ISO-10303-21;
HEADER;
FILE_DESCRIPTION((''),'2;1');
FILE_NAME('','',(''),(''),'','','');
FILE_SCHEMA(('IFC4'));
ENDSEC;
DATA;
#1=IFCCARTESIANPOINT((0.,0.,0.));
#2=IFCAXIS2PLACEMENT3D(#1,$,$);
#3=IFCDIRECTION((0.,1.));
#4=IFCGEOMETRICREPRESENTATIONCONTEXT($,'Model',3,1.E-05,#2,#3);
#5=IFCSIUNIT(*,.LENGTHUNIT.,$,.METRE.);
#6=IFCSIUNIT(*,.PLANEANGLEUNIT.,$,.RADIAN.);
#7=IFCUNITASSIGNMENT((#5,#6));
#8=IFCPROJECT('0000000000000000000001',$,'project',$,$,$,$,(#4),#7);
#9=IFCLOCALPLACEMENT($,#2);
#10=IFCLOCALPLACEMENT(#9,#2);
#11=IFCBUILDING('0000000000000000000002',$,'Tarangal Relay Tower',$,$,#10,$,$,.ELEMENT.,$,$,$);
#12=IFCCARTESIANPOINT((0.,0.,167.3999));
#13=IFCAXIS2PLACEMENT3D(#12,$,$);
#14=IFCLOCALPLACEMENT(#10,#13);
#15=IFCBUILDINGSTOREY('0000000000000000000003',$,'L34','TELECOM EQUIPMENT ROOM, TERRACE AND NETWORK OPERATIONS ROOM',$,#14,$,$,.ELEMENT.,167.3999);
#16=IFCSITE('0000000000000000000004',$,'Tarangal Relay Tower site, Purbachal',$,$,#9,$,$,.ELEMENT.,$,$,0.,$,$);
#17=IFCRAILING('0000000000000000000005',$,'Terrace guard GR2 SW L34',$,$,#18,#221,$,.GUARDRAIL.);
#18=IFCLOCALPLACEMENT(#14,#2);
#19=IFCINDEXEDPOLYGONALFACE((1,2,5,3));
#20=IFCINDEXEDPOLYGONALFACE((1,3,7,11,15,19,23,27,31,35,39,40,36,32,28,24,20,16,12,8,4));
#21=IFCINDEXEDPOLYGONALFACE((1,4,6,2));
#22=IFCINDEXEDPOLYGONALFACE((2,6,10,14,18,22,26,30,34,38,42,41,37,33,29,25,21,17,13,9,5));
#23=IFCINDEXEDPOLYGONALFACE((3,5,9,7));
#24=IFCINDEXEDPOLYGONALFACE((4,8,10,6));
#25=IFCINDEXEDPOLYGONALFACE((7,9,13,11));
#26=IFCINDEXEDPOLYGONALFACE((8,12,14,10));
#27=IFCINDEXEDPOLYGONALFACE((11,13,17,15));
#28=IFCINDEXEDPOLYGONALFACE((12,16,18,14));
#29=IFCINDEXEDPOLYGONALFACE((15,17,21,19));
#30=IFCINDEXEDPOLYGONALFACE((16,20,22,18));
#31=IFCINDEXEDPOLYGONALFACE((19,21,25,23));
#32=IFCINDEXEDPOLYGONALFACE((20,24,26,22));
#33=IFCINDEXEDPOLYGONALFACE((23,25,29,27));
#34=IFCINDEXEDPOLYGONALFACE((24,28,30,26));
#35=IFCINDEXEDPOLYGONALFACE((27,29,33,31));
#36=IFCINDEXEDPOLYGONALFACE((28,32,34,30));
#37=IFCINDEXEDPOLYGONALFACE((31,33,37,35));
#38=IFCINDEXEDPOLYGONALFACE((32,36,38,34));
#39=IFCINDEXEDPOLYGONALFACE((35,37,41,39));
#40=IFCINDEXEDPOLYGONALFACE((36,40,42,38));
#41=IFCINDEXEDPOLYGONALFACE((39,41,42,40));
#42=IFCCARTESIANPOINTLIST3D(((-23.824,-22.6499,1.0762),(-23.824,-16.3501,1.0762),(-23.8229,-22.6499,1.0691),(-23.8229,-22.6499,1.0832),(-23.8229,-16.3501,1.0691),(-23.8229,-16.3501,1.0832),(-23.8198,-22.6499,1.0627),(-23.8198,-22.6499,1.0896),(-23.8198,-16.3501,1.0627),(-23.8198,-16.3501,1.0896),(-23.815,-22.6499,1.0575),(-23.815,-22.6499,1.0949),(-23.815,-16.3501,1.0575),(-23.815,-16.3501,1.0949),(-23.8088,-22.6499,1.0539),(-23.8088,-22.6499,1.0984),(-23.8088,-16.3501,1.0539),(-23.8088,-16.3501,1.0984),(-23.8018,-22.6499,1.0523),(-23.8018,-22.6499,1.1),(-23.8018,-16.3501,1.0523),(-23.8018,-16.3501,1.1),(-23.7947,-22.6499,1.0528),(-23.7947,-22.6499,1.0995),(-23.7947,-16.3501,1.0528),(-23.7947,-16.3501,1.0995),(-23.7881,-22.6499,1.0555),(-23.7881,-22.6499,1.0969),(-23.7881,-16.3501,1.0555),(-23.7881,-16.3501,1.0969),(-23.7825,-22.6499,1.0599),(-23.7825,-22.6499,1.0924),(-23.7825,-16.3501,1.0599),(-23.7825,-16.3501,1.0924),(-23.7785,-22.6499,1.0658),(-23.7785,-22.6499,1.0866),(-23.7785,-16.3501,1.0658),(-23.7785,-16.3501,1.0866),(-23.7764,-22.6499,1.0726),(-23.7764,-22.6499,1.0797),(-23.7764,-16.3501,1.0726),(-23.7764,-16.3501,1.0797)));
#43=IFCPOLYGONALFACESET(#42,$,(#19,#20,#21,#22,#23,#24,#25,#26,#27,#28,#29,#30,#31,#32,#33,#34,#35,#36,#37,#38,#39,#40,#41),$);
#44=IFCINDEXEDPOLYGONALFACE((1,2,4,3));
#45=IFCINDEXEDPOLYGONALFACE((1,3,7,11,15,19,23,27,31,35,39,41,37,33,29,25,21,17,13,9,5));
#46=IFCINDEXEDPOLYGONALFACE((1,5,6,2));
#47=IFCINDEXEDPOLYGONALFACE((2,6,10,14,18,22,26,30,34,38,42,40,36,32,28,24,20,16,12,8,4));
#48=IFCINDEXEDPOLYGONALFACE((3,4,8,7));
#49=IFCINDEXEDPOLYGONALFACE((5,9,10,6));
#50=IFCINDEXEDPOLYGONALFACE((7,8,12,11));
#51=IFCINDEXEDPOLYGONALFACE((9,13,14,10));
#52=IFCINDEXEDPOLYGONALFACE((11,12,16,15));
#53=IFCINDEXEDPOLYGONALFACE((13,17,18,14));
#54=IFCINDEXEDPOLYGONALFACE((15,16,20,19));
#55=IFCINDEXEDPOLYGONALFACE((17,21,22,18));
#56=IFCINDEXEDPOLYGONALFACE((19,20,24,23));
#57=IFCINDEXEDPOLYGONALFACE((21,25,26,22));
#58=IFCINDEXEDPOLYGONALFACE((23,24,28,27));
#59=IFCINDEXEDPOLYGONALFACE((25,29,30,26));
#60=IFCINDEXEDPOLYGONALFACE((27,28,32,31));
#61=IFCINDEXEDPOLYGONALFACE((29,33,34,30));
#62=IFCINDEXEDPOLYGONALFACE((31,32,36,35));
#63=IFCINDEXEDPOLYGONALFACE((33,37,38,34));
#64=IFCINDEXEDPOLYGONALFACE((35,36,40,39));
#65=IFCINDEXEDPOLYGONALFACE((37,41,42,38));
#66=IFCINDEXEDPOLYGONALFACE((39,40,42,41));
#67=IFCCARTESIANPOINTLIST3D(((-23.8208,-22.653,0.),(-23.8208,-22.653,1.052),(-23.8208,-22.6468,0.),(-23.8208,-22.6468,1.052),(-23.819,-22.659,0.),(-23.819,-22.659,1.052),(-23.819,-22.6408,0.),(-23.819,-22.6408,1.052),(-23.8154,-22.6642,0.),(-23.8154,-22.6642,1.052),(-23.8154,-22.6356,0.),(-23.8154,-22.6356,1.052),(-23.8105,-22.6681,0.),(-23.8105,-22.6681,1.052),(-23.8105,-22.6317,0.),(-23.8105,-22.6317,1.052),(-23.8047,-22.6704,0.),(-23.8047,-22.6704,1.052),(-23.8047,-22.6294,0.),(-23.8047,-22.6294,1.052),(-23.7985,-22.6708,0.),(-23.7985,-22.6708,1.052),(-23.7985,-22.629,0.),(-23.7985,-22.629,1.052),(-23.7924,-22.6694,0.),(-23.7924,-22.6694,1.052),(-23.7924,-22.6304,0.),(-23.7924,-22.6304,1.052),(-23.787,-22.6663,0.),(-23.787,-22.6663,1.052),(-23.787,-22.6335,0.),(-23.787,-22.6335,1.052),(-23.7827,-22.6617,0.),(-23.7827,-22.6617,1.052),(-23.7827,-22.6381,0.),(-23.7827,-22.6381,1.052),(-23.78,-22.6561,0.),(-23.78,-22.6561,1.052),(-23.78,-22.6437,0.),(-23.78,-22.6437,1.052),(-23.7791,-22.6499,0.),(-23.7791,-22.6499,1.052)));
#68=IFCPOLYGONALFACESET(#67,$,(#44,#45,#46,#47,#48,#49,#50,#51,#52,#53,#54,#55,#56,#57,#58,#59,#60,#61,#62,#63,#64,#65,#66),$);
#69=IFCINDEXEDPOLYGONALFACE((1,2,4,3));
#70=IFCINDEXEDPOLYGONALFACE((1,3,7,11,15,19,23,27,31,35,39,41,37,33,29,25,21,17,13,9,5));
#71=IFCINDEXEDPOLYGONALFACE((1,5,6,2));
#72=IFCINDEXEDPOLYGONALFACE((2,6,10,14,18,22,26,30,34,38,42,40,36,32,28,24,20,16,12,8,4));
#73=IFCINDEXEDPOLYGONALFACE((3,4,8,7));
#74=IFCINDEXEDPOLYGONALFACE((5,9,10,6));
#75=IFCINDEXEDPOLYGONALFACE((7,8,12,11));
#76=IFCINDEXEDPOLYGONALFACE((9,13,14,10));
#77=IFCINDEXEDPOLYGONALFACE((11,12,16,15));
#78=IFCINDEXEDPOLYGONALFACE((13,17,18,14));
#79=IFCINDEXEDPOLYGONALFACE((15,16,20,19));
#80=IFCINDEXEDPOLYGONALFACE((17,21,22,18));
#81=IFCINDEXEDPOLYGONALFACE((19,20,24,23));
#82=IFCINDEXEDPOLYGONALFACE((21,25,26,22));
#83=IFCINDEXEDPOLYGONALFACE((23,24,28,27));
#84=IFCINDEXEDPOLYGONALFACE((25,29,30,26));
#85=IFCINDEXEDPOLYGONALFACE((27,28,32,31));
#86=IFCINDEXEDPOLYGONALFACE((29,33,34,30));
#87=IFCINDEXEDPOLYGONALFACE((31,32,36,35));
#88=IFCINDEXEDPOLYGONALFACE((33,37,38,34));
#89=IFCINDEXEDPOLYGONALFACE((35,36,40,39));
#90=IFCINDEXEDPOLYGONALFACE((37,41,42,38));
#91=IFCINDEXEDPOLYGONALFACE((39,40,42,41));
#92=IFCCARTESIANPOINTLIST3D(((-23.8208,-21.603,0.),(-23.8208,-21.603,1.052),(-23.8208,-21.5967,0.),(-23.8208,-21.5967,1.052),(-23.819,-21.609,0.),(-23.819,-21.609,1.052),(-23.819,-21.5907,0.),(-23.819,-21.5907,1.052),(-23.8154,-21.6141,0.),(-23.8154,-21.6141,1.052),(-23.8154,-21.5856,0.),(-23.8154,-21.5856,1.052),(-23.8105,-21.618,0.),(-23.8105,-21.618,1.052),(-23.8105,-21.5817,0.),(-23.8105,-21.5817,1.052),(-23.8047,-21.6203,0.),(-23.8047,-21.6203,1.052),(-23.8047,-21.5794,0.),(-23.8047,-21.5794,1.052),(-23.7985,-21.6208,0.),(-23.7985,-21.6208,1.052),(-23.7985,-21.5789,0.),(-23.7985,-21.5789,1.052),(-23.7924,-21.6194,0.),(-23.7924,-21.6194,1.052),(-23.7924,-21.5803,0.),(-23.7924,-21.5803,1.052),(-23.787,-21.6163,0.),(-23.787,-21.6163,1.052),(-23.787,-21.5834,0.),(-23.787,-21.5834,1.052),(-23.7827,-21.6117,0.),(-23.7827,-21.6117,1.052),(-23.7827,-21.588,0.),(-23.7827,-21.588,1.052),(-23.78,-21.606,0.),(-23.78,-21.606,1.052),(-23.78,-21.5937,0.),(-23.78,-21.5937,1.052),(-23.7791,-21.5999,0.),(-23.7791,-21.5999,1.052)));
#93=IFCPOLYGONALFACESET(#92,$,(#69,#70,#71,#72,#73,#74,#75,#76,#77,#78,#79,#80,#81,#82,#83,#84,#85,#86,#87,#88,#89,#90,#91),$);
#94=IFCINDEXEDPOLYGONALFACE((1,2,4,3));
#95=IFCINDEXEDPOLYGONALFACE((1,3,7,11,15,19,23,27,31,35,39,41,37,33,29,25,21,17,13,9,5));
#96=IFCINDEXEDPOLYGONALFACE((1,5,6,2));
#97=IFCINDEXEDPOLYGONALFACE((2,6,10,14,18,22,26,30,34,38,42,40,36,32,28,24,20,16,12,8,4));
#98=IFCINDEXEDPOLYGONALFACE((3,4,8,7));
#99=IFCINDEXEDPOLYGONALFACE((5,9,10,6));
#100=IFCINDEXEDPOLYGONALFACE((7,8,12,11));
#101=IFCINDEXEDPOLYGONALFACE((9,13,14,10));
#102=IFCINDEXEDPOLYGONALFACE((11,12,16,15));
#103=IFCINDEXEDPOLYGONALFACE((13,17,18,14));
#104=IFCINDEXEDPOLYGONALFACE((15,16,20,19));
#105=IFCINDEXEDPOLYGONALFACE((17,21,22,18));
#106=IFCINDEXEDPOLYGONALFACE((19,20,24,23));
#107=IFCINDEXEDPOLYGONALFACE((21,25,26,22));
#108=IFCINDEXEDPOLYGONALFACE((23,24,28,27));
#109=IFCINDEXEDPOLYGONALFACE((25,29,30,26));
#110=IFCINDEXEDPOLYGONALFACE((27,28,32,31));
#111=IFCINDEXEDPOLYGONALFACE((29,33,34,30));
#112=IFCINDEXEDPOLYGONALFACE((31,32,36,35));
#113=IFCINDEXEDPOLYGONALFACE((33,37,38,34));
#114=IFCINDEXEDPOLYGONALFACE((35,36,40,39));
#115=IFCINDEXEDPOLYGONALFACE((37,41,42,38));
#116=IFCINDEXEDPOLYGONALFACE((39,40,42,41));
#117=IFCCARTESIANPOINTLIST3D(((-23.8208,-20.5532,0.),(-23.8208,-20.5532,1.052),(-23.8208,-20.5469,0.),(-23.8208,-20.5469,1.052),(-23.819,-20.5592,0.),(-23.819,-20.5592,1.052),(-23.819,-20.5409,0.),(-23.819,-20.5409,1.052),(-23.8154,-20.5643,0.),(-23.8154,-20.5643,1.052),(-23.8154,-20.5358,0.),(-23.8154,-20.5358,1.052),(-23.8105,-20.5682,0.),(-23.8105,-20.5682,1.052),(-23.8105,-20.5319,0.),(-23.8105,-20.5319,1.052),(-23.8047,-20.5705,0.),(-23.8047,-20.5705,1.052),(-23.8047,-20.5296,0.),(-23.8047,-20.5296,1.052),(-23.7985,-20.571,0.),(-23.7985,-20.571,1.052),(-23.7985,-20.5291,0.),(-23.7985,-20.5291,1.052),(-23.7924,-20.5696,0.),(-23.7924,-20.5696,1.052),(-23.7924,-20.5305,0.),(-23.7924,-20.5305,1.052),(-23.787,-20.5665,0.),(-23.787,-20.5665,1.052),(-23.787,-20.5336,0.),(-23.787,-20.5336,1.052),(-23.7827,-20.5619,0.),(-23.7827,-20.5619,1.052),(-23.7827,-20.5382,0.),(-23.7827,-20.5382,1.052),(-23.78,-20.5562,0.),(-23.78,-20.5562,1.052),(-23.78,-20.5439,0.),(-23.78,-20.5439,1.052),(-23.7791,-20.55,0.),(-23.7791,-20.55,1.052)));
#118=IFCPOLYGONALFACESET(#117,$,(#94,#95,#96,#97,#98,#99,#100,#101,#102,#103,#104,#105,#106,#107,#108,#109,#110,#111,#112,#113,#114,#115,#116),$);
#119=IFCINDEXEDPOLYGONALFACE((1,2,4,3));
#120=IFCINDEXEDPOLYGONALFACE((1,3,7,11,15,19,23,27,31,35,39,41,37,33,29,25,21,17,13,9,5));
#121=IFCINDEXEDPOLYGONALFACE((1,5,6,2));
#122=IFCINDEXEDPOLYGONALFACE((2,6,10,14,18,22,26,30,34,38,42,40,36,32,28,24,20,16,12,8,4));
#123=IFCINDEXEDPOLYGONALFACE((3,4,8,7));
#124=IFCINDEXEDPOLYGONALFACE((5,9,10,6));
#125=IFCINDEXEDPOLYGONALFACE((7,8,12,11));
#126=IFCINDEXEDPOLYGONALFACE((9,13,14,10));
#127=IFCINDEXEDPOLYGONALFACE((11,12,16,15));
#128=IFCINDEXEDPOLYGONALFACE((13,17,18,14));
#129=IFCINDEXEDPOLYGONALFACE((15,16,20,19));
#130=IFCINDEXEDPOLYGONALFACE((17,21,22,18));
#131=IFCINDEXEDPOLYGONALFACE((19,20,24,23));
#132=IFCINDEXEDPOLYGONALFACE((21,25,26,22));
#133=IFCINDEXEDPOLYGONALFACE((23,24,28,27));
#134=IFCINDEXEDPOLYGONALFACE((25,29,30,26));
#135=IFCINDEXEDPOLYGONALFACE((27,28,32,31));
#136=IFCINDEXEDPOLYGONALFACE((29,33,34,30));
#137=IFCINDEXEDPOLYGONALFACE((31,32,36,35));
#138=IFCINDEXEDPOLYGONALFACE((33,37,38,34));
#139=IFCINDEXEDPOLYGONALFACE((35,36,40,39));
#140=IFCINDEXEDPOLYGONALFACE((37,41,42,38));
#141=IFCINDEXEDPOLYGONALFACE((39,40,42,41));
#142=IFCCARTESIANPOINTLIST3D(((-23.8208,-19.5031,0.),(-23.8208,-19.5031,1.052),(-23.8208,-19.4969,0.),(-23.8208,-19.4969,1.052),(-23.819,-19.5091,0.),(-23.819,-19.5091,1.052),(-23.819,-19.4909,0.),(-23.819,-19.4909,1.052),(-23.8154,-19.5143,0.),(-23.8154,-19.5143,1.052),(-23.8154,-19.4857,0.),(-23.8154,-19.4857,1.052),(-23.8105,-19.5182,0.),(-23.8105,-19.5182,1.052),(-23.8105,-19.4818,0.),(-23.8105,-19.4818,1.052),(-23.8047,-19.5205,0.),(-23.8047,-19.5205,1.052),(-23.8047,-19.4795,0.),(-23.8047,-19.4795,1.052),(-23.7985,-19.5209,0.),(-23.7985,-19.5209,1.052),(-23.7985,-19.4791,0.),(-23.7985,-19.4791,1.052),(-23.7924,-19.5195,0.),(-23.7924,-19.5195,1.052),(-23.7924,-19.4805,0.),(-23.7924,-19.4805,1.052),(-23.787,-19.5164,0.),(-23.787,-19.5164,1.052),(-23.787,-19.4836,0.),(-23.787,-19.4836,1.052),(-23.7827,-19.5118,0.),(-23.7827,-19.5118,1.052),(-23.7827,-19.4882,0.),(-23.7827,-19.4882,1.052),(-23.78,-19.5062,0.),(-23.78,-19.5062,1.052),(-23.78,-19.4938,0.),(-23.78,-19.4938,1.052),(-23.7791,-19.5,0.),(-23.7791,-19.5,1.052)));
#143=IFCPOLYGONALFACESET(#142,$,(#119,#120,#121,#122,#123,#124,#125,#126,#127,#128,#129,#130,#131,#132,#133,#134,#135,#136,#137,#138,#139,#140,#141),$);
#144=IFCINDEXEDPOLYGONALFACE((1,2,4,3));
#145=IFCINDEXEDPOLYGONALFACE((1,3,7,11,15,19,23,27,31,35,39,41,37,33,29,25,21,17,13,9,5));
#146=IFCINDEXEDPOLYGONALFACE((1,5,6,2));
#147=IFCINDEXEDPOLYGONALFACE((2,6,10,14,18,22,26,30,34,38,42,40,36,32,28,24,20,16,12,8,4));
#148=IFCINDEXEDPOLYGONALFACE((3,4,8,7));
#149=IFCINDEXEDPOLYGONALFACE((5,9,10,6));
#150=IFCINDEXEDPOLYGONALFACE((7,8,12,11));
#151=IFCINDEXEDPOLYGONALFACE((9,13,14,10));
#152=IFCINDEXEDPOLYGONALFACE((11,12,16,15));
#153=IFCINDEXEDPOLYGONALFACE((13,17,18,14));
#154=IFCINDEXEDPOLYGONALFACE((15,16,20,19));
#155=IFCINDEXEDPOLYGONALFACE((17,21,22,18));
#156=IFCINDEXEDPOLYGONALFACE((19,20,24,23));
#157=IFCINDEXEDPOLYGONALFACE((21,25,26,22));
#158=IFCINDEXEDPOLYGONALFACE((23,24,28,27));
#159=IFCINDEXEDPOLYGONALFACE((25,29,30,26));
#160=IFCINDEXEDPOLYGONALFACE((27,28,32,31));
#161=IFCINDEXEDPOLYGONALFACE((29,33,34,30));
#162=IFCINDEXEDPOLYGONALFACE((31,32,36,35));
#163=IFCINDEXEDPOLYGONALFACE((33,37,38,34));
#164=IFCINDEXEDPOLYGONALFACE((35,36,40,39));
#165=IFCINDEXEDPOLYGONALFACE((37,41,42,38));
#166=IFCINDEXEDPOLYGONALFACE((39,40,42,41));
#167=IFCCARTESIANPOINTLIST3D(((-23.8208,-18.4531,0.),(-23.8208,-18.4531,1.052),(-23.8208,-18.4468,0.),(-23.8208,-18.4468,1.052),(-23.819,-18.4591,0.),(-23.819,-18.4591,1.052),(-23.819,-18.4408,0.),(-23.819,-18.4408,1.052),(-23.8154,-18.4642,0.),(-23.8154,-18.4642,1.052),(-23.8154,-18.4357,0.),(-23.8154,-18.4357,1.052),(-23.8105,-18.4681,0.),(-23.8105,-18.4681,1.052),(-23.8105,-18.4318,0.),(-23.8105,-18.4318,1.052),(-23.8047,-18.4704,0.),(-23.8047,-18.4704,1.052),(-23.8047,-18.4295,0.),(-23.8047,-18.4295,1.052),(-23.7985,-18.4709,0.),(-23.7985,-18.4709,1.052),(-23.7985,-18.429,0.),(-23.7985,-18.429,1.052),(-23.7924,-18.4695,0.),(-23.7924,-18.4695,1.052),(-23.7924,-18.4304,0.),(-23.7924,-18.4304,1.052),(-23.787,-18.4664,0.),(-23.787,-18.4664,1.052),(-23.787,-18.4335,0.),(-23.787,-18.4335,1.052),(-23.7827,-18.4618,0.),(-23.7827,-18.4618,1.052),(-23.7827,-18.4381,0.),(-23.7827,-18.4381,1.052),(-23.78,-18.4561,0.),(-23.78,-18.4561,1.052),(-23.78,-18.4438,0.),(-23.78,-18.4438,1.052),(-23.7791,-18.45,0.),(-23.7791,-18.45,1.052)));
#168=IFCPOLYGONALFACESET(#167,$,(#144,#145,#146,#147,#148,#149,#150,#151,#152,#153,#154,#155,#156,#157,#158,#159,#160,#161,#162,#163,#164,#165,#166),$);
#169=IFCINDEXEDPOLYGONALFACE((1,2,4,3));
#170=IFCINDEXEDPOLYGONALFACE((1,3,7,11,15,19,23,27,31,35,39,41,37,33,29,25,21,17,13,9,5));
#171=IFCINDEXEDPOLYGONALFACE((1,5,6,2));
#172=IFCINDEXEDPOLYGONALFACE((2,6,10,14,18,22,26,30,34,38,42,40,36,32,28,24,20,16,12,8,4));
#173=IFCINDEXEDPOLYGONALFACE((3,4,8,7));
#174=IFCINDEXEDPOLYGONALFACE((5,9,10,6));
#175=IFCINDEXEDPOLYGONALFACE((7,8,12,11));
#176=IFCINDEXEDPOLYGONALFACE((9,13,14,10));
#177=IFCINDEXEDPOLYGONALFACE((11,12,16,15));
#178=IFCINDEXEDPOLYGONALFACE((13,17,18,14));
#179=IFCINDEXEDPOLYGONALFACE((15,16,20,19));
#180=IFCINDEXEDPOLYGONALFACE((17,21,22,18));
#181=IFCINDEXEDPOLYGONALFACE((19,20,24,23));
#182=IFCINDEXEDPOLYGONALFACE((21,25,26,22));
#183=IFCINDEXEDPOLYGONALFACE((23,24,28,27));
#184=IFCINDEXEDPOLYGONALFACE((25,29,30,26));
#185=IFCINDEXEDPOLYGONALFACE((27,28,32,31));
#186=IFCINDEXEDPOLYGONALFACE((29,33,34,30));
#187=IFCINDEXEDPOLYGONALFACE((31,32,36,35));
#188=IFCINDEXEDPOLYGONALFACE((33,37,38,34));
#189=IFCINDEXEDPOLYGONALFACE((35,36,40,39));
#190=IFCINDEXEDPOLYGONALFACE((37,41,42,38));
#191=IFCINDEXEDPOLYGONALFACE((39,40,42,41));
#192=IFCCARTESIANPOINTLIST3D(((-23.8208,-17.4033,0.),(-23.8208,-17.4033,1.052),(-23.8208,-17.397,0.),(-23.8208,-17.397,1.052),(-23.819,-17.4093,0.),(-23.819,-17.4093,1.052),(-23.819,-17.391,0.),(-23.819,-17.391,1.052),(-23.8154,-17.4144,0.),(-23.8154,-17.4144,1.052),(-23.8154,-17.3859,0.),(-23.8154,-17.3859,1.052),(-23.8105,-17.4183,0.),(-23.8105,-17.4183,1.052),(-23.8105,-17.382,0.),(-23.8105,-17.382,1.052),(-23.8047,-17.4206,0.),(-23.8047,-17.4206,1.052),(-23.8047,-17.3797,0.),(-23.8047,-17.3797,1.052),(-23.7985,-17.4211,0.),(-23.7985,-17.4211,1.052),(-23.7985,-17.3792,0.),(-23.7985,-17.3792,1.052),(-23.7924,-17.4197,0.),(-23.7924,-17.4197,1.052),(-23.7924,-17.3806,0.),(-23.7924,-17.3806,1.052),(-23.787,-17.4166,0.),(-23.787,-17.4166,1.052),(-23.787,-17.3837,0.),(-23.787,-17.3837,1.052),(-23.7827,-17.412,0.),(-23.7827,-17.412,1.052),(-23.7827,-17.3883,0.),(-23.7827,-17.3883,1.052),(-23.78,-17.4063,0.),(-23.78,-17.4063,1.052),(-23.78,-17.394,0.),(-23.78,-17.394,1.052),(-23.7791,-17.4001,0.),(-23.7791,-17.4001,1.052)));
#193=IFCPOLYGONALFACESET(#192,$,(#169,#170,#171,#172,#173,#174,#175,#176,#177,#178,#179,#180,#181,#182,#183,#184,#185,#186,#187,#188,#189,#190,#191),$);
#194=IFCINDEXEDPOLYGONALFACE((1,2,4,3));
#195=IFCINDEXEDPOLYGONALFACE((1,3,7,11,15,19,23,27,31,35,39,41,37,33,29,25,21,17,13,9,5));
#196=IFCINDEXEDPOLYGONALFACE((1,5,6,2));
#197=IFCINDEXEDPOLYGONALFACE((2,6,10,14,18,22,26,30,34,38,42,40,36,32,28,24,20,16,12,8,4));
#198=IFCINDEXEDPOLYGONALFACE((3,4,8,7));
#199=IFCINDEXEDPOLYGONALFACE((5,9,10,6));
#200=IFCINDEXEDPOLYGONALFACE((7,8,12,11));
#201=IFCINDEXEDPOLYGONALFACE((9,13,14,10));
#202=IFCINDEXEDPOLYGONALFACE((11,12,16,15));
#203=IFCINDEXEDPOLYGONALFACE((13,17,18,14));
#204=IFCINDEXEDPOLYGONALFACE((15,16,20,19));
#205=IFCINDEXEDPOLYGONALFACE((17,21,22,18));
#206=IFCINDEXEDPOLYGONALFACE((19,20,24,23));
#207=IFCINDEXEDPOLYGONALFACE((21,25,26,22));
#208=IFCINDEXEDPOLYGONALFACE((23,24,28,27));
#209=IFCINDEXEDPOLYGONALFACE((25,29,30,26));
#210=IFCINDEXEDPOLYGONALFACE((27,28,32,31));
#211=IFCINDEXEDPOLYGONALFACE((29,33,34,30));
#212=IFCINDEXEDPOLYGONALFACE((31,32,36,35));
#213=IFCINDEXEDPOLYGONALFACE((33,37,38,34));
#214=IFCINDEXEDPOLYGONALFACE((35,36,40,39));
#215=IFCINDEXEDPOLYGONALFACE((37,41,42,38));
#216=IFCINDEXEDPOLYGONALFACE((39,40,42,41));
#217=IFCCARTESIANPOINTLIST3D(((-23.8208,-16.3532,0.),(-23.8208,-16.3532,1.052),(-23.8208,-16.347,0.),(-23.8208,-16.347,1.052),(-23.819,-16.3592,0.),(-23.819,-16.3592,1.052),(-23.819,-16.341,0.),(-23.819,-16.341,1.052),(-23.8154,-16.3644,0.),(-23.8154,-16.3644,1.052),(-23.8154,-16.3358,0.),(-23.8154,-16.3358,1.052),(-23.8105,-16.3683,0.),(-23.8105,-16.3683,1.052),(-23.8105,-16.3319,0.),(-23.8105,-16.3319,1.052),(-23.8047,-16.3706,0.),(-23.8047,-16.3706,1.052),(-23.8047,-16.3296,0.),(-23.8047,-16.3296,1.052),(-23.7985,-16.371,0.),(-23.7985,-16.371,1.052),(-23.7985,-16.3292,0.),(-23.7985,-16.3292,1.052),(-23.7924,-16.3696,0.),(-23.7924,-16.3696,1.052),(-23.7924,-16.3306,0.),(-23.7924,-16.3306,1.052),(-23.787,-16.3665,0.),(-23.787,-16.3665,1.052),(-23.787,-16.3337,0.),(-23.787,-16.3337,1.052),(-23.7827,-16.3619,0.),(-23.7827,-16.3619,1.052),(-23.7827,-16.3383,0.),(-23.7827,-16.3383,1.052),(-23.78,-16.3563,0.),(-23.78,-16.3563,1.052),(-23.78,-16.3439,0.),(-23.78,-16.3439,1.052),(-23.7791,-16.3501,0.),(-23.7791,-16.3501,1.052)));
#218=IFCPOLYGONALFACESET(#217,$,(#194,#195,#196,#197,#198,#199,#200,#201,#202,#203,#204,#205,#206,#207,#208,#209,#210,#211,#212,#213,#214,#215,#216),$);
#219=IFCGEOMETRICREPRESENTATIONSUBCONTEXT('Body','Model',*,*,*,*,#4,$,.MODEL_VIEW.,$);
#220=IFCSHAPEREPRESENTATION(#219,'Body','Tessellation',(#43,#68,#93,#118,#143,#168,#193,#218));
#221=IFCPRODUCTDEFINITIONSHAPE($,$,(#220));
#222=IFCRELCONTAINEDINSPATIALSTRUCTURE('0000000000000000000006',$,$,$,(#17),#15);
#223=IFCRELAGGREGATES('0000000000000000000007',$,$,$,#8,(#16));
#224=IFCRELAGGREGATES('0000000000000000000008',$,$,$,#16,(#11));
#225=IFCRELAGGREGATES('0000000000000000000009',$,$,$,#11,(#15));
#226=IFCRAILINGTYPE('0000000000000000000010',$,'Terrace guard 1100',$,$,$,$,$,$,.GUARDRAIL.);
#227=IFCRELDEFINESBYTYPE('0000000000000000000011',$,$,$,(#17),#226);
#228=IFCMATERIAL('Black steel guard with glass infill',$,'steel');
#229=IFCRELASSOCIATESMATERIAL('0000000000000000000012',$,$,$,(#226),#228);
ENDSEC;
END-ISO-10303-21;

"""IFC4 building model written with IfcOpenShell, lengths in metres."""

from ifc_helpers import new_model, si_unit, direction, frame, origin, origin_2d, place, context, subcontext, project, spatial, circle, extrude, material, type_object, element, save


model = new_model("IFC4")

# Units and contexts
model_context = context("Model", 3, precision=1e-05, world=origin(), true_north=direction((0.0, 1.0)))
body_context = subcontext(model_context, "Body", "Model", "MODEL_VIEW")
ifc_project = project(units=[si_unit("LENGTHUNIT", "METRE"), si_unit("PLANEANGLEUNIT", "RADIAN")], contexts=[model_context])

# Site, building, storey
site_placement = place(None, origin())
site = spatial("IfcSite", under=ifc_project, at=site_placement, Name="Tarangal Relay Tower site, Purbachal", CompositionType="ELEMENT", RefElevation=0.0)
building_placement = place(site_placement, origin())
building = spatial("IfcBuilding", under=site, at=building_placement, Name="Tarangal Relay Tower", CompositionType="ELEMENT")
storey_placement = place(building_placement, frame((0.0, 0.0, 167.3999)))
storey = spatial("IfcBuildingStorey", under=building, at=storey_placement, Name="L34", Description="TELECOM EQUIPMENT ROOM, TERRACE AND NETWORK OPERATIONS ROOM", CompositionType="ELEMENT", Elevation=167.3999)

# Railing
ifc_material_1 = material(Name="Black steel guard with glass infill", Category="steel")
railing_type = type_object("IfcRailingType", Name="Terrace guard 1100", PredefinedType="GUARDRAIL", material=ifc_material_1)
railing_1_placement = place(storey_placement, frame((-23.8, -22.6499, 0.0)))
element("IfcRailing", 1, at=railing_1_placement, inside=storey, type_object=railing_type, Name="Terrace guard GR2 SW L34", PredefinedType="GUARDRAIL", context=body_context, shape_type="SweptSolid", body=[
    extrude(circle(Radius=0.0239, at=origin_2d()), frame((0.0, 0.0, 1.0762), z_axis=(0.0, 1.0, 0.0), x_axis=(-1.0, 0.0, 0.0)), (0.0, 0.0, 1.0), 6.2998),
    extrude(circle(Radius=0.021, at=origin_2d()), origin(), (0.0, 0.0, 1.0), 1.052),
    extrude(circle(Radius=0.021, at=origin_2d()), frame((0.0, 1.05, 0.0)), (0.0, 0.0, 1.0), 1.052),
    extrude(circle(Radius=0.021, at=origin_2d()), frame((0.0, 2.0999, 0.0)), (0.0, 0.0, 1.0), 1.052),
    extrude(circle(Radius=0.021, at=origin_2d()), frame((0.0, 3.1499, 0.0)), (0.0, 0.0, 1.0), 1.052),
    extrude(circle(Radius=0.021, at=origin_2d()), frame((0.0, 4.2, 0.0)), (0.0, 0.0, 1.0), 1.052),
    extrude(circle(Radius=0.021, at=origin_2d()), frame((0.0, 5.2498, 0.0)), (0.0, 0.0, 1.0), 1.052),
    extrude(circle(Radius=0.021, at=origin_2d()), frame((0.0, 6.2998, 0.0)), (0.0, 0.0, 1.0), 1.052),
])

save(model, "model.ifc")
